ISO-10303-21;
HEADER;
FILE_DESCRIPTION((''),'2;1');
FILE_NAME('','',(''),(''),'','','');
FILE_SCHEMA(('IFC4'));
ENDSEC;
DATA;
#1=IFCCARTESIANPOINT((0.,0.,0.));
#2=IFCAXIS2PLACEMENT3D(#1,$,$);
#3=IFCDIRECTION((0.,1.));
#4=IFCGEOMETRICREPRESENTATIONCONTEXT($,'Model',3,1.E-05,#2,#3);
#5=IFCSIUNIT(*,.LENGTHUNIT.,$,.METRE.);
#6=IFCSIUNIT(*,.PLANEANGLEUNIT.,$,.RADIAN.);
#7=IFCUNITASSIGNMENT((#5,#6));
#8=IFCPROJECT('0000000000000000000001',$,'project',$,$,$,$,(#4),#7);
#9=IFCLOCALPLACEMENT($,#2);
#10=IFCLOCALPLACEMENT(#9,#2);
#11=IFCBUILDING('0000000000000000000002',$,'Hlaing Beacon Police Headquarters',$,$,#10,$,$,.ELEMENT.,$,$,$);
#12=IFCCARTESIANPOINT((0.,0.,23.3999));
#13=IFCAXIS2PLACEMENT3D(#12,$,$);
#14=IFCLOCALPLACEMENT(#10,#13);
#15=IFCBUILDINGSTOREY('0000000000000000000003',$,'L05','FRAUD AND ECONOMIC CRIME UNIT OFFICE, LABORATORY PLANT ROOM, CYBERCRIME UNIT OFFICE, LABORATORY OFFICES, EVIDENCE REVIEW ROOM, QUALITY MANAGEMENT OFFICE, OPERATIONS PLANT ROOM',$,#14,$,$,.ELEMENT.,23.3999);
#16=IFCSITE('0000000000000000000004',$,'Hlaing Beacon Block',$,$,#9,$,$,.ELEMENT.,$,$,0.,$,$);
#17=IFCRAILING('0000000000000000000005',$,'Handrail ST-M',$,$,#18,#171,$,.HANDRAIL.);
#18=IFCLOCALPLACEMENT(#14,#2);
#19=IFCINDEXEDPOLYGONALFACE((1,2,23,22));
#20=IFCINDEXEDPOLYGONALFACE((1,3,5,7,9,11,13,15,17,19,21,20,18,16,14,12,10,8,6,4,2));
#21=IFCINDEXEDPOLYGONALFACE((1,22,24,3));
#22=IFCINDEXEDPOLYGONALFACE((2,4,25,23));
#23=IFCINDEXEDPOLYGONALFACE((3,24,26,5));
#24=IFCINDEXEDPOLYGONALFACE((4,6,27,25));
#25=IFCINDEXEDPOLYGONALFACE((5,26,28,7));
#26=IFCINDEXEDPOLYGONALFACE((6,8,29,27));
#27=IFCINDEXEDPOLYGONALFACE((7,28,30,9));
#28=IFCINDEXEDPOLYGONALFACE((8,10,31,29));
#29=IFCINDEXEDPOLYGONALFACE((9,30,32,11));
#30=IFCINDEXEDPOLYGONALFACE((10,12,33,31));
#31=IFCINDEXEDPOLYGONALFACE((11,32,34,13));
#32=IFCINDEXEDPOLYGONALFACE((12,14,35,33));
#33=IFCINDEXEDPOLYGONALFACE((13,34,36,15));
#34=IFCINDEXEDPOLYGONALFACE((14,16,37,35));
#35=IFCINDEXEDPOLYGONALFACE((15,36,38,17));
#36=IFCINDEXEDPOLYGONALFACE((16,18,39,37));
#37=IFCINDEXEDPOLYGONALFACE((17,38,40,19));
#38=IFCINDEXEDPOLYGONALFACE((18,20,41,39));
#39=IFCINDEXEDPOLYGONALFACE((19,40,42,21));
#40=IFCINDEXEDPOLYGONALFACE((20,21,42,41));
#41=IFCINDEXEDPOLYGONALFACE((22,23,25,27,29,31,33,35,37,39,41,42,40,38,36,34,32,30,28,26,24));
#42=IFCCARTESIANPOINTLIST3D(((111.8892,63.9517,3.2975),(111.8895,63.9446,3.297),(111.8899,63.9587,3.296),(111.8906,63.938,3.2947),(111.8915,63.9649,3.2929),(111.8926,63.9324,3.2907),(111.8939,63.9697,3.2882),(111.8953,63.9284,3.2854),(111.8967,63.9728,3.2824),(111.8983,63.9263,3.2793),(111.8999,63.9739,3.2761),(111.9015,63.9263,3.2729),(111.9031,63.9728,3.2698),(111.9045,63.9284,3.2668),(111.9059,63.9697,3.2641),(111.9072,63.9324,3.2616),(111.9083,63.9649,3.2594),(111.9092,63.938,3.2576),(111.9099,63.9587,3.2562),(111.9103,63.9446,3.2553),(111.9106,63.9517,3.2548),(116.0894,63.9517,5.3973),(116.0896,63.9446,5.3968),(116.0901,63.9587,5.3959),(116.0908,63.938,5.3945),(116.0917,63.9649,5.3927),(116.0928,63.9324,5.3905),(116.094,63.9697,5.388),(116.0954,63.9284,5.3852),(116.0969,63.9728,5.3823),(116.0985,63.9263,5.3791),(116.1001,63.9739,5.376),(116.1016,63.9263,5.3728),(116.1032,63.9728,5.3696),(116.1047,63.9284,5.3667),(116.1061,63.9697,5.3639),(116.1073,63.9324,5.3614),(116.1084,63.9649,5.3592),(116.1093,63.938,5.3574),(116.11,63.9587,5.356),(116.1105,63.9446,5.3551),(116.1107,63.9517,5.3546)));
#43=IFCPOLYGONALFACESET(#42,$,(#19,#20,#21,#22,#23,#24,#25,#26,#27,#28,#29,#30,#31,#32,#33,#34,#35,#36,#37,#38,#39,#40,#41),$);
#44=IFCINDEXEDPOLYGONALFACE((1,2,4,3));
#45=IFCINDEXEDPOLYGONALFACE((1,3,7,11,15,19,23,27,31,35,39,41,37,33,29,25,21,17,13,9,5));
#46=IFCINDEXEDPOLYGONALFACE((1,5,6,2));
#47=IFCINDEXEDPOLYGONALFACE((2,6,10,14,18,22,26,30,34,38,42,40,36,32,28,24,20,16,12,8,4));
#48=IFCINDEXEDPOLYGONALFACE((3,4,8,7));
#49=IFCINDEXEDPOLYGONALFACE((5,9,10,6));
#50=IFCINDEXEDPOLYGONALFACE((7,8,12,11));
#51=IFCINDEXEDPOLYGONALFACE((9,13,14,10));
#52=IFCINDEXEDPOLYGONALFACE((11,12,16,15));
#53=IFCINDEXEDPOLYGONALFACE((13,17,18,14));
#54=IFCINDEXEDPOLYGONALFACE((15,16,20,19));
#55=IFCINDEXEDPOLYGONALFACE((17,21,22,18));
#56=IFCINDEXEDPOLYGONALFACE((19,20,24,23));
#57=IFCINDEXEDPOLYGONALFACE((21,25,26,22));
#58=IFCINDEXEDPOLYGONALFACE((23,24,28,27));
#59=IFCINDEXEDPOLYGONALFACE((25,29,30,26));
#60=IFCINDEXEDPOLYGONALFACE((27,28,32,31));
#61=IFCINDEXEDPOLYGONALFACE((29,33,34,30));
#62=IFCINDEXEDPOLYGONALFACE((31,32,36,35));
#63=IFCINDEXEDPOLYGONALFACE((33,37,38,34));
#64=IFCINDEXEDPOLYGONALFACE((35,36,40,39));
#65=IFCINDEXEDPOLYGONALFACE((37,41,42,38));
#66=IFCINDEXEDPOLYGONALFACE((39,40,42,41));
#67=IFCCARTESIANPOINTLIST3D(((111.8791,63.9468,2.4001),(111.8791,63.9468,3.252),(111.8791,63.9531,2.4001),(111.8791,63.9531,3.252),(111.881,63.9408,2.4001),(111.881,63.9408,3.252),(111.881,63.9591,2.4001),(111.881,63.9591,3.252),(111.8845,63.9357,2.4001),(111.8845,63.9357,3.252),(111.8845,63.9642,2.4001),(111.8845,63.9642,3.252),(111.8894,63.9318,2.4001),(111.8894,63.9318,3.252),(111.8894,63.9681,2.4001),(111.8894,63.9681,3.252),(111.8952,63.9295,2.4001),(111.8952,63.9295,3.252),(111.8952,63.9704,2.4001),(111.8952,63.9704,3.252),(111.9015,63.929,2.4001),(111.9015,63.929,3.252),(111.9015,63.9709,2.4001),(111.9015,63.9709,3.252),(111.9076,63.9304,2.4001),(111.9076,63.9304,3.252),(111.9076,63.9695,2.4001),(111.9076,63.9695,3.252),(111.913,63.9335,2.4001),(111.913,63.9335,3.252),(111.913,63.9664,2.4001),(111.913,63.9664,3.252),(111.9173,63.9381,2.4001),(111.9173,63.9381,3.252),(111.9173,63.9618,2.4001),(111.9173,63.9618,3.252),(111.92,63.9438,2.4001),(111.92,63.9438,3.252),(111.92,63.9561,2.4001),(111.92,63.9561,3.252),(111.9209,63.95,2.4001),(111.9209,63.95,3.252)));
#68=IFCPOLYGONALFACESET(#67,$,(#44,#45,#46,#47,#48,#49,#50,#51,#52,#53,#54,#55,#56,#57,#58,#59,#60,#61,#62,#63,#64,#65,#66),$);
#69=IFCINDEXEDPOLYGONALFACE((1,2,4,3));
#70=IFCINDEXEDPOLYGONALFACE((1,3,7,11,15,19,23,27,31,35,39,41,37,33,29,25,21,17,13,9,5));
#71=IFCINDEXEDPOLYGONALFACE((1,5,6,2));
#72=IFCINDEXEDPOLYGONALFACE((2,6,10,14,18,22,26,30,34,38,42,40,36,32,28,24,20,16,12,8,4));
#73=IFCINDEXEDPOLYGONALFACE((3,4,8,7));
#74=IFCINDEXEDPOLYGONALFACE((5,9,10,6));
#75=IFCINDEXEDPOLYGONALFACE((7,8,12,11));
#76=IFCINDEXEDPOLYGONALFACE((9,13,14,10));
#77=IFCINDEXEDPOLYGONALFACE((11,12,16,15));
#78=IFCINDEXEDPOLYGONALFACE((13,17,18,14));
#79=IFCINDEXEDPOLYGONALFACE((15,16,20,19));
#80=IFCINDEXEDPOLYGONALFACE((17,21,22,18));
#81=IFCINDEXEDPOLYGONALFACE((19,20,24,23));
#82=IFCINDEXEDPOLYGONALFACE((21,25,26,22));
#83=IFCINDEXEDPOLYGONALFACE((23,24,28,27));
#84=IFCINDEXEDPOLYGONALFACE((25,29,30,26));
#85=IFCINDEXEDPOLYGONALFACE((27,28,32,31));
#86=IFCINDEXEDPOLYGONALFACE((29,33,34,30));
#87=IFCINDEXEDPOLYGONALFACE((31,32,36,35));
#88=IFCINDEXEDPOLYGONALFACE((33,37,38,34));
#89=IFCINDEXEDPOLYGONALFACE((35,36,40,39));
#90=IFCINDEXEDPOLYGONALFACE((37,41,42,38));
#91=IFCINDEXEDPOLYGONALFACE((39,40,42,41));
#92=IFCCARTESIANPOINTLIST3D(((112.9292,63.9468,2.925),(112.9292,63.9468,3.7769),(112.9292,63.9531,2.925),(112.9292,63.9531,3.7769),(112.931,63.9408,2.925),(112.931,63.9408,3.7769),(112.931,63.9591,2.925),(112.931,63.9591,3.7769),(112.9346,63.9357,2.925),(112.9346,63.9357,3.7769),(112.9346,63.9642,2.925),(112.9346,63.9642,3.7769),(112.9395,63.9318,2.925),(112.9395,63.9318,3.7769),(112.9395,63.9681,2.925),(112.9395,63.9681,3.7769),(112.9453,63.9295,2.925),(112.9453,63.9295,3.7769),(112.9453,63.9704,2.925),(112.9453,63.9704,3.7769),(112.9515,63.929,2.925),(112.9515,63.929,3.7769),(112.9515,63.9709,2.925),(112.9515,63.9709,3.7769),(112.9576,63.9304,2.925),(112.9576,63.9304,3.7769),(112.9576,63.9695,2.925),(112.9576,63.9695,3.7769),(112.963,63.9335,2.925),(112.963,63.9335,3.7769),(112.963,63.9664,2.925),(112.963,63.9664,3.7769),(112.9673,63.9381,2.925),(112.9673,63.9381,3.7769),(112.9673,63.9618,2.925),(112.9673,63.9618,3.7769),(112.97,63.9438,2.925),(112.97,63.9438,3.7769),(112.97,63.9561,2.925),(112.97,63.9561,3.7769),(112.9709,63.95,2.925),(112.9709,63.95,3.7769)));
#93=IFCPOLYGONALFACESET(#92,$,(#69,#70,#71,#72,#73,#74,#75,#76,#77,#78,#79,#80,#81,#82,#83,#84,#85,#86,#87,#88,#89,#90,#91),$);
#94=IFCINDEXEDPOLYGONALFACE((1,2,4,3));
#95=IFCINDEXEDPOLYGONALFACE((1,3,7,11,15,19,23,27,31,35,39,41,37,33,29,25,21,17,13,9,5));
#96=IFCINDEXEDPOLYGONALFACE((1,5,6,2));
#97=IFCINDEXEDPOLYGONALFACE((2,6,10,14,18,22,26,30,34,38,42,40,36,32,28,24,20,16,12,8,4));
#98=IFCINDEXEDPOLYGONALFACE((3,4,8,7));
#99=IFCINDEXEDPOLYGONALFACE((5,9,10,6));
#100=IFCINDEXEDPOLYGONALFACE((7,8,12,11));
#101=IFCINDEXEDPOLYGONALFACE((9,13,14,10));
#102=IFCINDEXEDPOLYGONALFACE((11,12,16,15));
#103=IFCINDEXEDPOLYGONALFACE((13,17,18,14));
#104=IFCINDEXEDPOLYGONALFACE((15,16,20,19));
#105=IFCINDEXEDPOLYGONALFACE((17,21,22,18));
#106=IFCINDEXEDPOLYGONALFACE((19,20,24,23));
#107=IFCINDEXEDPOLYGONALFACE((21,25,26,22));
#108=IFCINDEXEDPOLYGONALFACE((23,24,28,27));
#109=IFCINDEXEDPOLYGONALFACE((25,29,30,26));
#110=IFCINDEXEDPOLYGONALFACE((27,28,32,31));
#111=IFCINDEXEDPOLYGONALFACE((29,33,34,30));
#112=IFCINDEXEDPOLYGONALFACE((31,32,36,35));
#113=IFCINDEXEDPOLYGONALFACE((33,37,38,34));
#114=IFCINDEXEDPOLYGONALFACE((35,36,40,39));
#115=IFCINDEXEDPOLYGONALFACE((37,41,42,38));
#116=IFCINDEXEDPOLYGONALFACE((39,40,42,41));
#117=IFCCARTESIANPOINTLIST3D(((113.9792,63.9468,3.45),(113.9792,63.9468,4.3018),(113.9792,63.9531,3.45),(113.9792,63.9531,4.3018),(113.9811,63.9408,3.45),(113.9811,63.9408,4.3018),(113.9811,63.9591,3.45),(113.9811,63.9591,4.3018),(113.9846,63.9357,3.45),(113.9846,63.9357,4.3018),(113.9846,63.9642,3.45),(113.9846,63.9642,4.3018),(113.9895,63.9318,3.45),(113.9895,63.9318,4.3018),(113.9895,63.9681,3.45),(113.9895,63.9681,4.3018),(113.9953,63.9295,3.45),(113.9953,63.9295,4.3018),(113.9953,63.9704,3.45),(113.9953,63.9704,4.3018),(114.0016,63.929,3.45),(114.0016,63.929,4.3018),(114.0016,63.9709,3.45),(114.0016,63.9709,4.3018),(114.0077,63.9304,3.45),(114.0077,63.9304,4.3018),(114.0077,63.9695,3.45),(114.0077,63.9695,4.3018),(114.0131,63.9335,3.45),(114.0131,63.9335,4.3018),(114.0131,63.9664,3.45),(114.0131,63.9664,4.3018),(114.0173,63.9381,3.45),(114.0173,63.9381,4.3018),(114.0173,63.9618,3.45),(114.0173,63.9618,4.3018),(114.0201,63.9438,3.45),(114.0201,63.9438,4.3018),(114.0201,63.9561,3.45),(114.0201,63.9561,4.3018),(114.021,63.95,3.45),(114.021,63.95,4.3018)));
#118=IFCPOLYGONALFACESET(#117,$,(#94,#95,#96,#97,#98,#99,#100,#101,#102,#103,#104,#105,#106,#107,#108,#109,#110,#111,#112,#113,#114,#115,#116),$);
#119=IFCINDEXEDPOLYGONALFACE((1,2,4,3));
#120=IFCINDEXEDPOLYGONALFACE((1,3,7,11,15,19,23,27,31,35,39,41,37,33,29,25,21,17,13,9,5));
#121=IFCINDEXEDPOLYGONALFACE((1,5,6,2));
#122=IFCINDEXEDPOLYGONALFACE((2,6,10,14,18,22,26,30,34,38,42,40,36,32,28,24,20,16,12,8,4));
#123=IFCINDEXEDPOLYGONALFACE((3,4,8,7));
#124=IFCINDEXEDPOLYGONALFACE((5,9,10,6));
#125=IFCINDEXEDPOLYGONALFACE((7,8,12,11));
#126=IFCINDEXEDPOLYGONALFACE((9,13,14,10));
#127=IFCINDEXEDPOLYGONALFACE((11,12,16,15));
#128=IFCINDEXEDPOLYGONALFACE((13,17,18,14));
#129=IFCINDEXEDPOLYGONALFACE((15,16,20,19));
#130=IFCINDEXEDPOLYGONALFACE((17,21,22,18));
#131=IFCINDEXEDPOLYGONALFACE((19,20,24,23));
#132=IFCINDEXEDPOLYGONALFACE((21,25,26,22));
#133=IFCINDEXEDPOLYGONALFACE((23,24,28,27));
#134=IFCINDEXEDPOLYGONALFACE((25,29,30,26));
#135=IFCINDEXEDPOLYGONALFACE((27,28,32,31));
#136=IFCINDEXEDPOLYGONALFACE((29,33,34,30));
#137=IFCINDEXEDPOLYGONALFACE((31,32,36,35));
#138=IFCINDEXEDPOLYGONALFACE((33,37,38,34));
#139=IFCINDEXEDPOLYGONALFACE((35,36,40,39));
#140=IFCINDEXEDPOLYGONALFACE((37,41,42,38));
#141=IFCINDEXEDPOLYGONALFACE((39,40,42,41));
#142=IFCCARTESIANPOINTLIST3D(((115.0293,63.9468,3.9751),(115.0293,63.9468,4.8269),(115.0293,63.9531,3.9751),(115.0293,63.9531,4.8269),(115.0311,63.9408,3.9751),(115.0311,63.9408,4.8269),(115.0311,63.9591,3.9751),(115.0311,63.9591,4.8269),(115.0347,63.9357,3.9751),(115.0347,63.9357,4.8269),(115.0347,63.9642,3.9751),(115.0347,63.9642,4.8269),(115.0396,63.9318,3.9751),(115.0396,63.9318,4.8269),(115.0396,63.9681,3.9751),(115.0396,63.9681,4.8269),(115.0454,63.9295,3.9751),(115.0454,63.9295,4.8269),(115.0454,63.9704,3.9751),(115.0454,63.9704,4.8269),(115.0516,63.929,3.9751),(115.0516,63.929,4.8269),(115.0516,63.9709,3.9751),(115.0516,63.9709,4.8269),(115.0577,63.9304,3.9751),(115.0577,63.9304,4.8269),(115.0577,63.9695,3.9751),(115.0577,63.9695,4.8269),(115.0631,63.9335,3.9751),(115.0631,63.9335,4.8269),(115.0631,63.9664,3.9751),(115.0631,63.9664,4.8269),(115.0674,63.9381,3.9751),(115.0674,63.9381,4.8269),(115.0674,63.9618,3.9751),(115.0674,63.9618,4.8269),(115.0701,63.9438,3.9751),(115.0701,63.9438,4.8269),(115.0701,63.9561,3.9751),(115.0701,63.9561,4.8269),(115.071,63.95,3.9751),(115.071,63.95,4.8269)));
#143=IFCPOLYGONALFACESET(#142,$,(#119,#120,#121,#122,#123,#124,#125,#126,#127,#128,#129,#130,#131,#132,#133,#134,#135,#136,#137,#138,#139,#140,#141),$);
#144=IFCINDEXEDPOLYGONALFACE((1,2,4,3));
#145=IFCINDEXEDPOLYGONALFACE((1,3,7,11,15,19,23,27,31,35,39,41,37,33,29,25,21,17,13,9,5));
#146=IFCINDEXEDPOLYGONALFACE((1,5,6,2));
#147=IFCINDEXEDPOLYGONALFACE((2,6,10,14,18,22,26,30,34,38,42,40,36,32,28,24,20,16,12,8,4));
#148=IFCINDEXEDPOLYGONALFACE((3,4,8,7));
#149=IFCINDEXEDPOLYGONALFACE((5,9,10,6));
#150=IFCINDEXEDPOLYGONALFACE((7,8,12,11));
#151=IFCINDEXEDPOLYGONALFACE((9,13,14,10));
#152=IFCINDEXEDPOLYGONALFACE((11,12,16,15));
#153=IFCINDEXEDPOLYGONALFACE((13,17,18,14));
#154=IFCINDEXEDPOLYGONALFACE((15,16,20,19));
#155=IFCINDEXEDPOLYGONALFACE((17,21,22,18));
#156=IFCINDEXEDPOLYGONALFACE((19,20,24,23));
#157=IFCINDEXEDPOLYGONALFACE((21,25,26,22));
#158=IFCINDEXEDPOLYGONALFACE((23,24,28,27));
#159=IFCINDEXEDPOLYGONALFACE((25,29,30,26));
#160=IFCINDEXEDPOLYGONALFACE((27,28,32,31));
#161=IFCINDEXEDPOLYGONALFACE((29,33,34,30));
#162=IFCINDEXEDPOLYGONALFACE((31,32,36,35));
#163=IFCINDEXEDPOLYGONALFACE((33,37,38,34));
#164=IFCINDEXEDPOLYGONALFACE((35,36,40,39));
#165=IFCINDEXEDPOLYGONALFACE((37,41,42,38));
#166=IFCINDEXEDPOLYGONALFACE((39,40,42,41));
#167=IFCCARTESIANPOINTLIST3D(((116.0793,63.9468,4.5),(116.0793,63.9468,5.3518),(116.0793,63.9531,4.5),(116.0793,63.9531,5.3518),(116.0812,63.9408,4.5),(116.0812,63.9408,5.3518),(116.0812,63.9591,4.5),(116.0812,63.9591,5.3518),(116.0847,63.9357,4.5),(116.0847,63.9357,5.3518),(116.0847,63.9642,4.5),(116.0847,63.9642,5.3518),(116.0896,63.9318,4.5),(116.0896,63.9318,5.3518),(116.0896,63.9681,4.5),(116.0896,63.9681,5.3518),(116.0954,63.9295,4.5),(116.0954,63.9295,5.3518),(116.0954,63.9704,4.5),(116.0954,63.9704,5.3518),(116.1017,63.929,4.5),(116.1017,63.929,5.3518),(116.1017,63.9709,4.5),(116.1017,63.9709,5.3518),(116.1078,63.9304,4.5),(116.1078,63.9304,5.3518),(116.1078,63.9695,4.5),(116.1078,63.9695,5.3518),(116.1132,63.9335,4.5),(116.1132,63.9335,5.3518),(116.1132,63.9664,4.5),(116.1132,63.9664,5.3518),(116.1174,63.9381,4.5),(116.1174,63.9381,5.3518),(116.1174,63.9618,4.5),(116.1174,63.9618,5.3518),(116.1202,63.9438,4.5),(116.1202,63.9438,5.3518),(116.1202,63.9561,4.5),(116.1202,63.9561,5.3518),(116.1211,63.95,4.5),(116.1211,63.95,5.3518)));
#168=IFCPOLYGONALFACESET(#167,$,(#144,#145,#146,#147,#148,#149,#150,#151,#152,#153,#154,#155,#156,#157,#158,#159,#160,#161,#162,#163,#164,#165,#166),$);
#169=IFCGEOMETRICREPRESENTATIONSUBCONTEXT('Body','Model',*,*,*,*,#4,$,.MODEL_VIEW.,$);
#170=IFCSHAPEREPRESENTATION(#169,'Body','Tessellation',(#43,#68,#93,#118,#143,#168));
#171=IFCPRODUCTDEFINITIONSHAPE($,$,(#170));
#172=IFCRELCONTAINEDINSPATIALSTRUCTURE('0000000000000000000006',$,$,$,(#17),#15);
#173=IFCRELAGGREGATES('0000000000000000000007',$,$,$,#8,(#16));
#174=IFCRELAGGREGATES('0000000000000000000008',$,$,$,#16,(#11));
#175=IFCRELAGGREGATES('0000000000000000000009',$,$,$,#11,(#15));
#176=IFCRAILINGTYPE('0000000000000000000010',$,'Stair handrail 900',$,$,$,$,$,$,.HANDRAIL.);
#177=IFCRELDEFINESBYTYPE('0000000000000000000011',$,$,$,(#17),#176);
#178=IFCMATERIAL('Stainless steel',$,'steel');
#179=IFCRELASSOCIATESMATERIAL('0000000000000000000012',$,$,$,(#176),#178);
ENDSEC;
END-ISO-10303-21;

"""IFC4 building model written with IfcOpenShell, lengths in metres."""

from ifc_helpers import new_model, si_unit, direction, frame, origin, origin_2d, place, context, subcontext, project, spatial, circle, extrude, material, type_object, element, save


model = new_model("IFC4")

# Units and contexts
model_context = context("Model", 3, precision=1e-05, world=origin(), true_north=direction((0.0, 1.0)))
body_context = subcontext(model_context, "Body", "Model", "MODEL_VIEW")
ifc_project = project(units=[si_unit("LENGTHUNIT", "METRE"), si_unit("PLANEANGLEUNIT", "RADIAN")], contexts=[model_context])

# Site, building, storey
site_placement = place(None, origin())
site = spatial("IfcSite", under=ifc_project, at=site_placement, Name="Hlaing Beacon Block", CompositionType="ELEMENT", RefElevation=0.0)
building_placement = place(site_placement, origin())
building = spatial("IfcBuilding", under=site, at=building_placement, Name="Hlaing Beacon Police Headquarters", CompositionType="ELEMENT")
storey_placement = place(building_placement, frame((0.0, 0.0, 23.3999)))
storey = spatial("IfcBuildingStorey", under=building, at=storey_placement, Name="L05", Description="FRAUD AND ECONOMIC CRIME UNIT OFFICE, LABORATORY PLANT ROOM, CYBERCRIME UNIT OFFICE, LABORATORY OFFICES, EVIDENCE REVIEW ROOM, QUALITY MANAGEMENT OFFICE, OPERATIONS PLANT ROOM", CompositionType="ELEMENT", Elevation=23.3999)

# Railing
ifc_material_1 = material(Name="Stainless steel", Category="steel")
railing_type_1 = type_object("IfcRailingType", Name="Stair handrail 900", PredefinedType="HANDRAIL", material=ifc_material_1)
for number, where, name in (
    (1, (111.8999, 63.95, 2.4001), "Handrail ST-M"),
):
    element("IfcRailing", number, at=place(storey_placement, frame(where)), inside=storey, type_object=railing_type_1, Name=name, PredefinedType="HANDRAIL", context=body_context, shape_type="SweptSolid", body=[
        extrude(circle(Radius=0.0239, at=origin_2d()), frame((0.0, 0.0, 0.876), z_axis=(0.894448, 0.0, 0.447172), x_axis=(0.0, 1.0, 0.0)), (0.0, 0.0, 1.0), 4.6958),
        extrude(circle(Radius=0.021, at=origin_2d()), origin(), (0.0, 0.0, 1.0), 0.8518),
        extrude(circle(Radius=0.021, at=origin_2d()), frame((1.05, 0.0, 0.5249)), (0.0, 0.0, 1.0), 0.8518),
        extrude(circle(Radius=0.021, at=origin_2d()), frame((2.1001, 0.0, 1.0498)), (0.0, 0.0, 1.0), 0.8518),
        extrude(circle(Radius=0.021, at=origin_2d()), frame((3.1501, 0.0, 1.575)), (0.0, 0.0, 1.0), 0.8518),
        extrude(circle(Radius=0.021, at=origin_2d()), frame((4.2002, 0.0, 2.0999)), (0.0, 0.0, 1.0), 0.8518),
    ])

save(model, "model.ifc")
